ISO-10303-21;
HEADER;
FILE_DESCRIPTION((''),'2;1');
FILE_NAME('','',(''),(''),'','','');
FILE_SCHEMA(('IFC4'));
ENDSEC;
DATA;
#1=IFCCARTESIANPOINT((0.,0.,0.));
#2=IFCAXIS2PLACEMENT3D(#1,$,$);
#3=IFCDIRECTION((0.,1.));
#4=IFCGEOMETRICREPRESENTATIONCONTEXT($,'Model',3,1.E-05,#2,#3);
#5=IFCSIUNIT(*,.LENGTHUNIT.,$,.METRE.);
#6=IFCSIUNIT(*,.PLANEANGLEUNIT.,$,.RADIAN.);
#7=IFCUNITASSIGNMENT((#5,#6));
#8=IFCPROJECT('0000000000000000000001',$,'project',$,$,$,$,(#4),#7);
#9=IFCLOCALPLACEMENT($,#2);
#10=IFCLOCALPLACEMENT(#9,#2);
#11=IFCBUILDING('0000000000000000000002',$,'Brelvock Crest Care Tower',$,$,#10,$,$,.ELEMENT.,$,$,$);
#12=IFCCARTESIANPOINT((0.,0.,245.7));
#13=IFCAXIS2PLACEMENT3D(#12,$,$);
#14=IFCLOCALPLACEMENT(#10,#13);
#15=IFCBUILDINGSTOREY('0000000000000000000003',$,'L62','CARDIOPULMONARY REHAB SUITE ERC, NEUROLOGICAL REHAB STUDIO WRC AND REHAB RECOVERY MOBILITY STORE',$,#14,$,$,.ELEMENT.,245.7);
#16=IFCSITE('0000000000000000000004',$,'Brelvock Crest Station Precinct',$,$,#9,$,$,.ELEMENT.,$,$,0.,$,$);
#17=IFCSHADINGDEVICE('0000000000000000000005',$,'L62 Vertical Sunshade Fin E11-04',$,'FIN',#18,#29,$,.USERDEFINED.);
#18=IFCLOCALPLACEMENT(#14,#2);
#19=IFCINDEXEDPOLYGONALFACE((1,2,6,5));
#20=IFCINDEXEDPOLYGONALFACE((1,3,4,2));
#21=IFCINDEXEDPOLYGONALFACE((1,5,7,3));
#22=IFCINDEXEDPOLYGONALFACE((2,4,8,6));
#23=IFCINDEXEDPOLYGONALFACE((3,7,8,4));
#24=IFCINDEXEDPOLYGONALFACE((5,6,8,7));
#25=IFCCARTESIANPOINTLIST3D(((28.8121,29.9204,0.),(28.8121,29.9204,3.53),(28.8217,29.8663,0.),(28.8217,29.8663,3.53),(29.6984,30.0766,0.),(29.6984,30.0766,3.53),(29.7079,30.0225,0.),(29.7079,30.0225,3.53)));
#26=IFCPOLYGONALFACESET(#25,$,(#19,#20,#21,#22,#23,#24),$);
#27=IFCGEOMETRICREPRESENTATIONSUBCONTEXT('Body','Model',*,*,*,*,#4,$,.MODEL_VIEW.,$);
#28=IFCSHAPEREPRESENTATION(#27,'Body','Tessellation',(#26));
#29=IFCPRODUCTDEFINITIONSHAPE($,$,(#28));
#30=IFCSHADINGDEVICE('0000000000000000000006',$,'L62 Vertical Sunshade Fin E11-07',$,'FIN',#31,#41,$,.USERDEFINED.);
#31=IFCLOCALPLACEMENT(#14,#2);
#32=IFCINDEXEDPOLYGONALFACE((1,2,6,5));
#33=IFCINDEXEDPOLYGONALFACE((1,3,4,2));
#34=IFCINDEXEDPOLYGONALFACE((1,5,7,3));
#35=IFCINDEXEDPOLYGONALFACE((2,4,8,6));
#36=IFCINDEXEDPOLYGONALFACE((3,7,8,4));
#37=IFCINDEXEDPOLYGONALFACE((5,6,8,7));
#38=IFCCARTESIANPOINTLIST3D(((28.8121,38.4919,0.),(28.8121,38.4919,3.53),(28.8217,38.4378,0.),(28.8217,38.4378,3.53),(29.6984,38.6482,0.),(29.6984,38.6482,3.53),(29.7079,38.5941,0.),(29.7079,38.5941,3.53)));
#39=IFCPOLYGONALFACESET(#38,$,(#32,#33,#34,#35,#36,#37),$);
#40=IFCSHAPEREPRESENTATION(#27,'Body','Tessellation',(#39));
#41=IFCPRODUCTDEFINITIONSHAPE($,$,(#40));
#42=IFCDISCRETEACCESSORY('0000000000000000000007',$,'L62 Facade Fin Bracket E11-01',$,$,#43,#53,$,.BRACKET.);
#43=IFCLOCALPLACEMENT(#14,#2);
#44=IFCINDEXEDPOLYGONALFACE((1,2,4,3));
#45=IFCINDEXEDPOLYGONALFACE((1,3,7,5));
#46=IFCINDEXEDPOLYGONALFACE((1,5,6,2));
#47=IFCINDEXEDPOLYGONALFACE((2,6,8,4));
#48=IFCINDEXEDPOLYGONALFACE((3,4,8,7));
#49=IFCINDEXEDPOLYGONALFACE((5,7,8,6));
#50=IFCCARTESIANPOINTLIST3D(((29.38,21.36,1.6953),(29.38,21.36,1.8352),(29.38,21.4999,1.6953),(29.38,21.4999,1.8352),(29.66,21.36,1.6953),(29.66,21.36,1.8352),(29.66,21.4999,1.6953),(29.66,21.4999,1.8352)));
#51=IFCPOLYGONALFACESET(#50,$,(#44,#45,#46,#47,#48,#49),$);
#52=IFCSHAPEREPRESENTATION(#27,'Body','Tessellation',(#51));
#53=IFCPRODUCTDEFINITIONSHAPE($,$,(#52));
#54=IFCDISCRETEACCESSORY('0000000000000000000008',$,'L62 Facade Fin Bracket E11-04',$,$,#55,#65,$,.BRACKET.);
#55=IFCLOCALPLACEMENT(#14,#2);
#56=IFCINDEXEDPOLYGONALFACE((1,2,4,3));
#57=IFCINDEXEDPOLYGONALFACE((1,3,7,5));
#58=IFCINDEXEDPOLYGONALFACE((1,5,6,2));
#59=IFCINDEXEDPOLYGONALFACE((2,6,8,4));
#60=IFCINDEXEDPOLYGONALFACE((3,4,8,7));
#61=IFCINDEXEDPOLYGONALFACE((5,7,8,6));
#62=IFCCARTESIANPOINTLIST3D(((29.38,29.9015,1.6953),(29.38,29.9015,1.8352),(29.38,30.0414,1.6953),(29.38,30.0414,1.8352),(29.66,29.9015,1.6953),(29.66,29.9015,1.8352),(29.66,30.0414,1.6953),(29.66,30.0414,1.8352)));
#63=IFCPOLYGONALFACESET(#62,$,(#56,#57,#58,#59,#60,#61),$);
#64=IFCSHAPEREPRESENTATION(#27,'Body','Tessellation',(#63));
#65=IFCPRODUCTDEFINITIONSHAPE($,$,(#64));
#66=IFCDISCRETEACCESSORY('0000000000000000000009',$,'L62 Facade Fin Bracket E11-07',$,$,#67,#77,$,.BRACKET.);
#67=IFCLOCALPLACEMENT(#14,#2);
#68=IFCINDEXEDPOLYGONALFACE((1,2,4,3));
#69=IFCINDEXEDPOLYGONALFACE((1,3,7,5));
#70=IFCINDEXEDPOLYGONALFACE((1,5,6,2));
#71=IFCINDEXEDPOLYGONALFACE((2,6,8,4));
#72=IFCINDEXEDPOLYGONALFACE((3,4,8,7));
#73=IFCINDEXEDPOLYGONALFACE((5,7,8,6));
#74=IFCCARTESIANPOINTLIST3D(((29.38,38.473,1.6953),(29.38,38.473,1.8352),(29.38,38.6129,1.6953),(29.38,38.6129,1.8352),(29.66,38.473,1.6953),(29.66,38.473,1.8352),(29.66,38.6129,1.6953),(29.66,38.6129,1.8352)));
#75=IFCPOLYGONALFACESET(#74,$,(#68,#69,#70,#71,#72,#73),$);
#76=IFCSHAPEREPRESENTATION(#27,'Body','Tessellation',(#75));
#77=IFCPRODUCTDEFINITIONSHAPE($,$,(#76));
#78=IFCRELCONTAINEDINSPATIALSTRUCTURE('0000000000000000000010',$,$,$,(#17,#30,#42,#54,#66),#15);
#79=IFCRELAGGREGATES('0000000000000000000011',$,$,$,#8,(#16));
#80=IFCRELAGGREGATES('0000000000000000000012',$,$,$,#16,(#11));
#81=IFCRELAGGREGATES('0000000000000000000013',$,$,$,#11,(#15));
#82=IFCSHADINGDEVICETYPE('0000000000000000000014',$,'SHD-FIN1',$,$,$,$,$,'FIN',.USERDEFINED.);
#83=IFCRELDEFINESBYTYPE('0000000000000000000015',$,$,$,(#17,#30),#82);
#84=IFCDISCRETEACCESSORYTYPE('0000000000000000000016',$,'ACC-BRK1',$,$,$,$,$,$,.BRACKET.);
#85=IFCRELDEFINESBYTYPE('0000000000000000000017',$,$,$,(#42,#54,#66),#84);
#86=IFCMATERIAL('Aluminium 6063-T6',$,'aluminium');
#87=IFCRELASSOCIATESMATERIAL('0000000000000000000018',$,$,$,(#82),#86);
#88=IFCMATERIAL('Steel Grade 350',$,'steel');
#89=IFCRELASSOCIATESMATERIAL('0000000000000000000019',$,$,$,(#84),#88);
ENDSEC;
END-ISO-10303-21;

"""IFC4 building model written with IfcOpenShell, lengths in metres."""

from ifc_helpers import new_model, si_unit, direction, frame, origin, origin_2d, place, context, subcontext, project, spatial, rectangle, extrude, source, transform, mapped, material, material_profile, profile_set, type_object, element, save


model = new_model("IFC4")

# Units and contexts
model_context = context("Model", 3, precision=1e-05, world=origin(), true_north=direction((0.0, 1.0)))
body_context = subcontext(model_context, "Body", "Model", "MODEL_VIEW")
ifc_project = project(units=[si_unit("LENGTHUNIT", "METRE"), si_unit("PLANEANGLEUNIT", "RADIAN")], contexts=[model_context])

# Site, building, storey
site_placement = place(None, origin())
site = spatial("IfcSite", under=ifc_project, at=site_placement, Name="Brelvock Crest Station Precinct", CompositionType="ELEMENT", RefElevation=0.0)
building_placement = place(site_placement, origin())
building = spatial("IfcBuilding", under=site, at=building_placement, Name="Brelvock Crest Care Tower", CompositionType="ELEMENT")
storey_placement = place(building_placement, frame((0.0, 0.0, 245.7)))
storey = spatial("IfcBuildingStorey", under=building, at=storey_placement, Name="L62", Description="CARDIOPULMONARY REHAB SUITE ERC, NEUROLOGICAL REHAB STUDIO WRC AND REHAB RECOVERY MOBILITY STORE", CompositionType="ELEMENT", Elevation=245.7)

# Shared definitions
ifc_material_1 = material(Name="Aluminium 6063-T6", Category="aluminium")

# Shading devices
ifc_material_profile_1 = material_profile(ifc_material_1, rectangle(XDim=0.0549, YDim=0.8999, at=origin_2d()), Name="FIN55x900")
ifc_profile_set_1 = profile_set([ifc_material_profile_1], Name="Aluminium 6063-T6")
shading_device_type = type_object("IfcShadingDeviceType", Name="SHD-FIN1", ElementType="FIN", PredefinedType="USERDEFINED", material=ifc_profile_set_1)
shared_shape_1 = source(origin(), body_context, "Body", "SweptSolid", [
    extrude(rectangle(XDim=0.0549, YDim=0.8999, at=origin_2d()), origin(), (0.0, 0.0, 1.0), 3.53),
])
for number, where, z_axis, x_axis, name in (
    (1, (29.26, 29.9714, 0.0), (0.0, 0.0, 1.0), (-0.173648, 0.984808, 0.0), "L62 Vertical Sunshade Fin E11-04"),
    (2, (29.26, 38.543, 0.0), (0.0, 0.0, 1.0), (-0.173648, 0.984808, 0.0), "L62 Vertical Sunshade Fin E11-07"),
):
    element("IfcShadingDevice", number, at=place(storey_placement, frame(where, z_axis=z_axis, x_axis=x_axis)), inside=storey, type_object=shading_device_type, Name=name, ObjectType="FIN", PredefinedType="USERDEFINED", context=body_context, shape_type="MappedRepresentation", body=[
        mapped(shared_shape_1, transform((0.0, 0.0, 0.0), x_axis=(1.0, 0.0, 0.0), y_axis=(0.0, 1.0, 0.0), z_axis=(0.0, 0.0, 1.0), scale=1.0)),
    ])

# Discrete accessories
ifc_material_2 = material(Name="Steel Grade 350", Category="steel")
discrete_accessory_type = type_object("IfcDiscreteAccessoryType", Name="ACC-BRK1", PredefinedType="BRACKET", material=ifc_material_2)
shared_shape_2 = source(origin(), body_context, "Body", "SweptSolid", [
    extrude(rectangle(XDim=0.28, YDim=0.1399, at=origin_2d()), origin(), (0.0, 0.0, 1.0), 0.1399),
])
for number, where, z_axis, x_axis, name in (
    (3, (29.52, 21.4299, 1.6953), (0.0, 0.0, 1.0), (-1.0, 0.0, 0.0), "L62 Facade Fin Bracket E11-01"),
    (4, (29.52, 29.9714, 1.6953), (0.0, 0.0, 1.0), (-1.0, 0.0, 0.0), "L62 Facade Fin Bracket E11-04"),
    (5, (29.52, 38.543, 1.6953), (0.0, 0.0, 1.0), (-1.0, 0.0, 0.0), "L62 Facade Fin Bracket E11-07"),
):
    element("IfcDiscreteAccessory", number, at=place(storey_placement, frame(where, z_axis=z_axis, x_axis=x_axis)), inside=storey, type_object=discrete_accessory_type, Name=name, PredefinedType="BRACKET", context=body_context, shape_type="MappedRepresentation", body=[
        mapped(shared_shape_2, transform((0.0, 0.0, 0.0), x_axis=(1.0, 0.0, 0.0), y_axis=(0.0, 1.0, 0.0), z_axis=(0.0, 0.0, 1.0), scale=1.0)),
    ])

save(model, "model.ifc")
